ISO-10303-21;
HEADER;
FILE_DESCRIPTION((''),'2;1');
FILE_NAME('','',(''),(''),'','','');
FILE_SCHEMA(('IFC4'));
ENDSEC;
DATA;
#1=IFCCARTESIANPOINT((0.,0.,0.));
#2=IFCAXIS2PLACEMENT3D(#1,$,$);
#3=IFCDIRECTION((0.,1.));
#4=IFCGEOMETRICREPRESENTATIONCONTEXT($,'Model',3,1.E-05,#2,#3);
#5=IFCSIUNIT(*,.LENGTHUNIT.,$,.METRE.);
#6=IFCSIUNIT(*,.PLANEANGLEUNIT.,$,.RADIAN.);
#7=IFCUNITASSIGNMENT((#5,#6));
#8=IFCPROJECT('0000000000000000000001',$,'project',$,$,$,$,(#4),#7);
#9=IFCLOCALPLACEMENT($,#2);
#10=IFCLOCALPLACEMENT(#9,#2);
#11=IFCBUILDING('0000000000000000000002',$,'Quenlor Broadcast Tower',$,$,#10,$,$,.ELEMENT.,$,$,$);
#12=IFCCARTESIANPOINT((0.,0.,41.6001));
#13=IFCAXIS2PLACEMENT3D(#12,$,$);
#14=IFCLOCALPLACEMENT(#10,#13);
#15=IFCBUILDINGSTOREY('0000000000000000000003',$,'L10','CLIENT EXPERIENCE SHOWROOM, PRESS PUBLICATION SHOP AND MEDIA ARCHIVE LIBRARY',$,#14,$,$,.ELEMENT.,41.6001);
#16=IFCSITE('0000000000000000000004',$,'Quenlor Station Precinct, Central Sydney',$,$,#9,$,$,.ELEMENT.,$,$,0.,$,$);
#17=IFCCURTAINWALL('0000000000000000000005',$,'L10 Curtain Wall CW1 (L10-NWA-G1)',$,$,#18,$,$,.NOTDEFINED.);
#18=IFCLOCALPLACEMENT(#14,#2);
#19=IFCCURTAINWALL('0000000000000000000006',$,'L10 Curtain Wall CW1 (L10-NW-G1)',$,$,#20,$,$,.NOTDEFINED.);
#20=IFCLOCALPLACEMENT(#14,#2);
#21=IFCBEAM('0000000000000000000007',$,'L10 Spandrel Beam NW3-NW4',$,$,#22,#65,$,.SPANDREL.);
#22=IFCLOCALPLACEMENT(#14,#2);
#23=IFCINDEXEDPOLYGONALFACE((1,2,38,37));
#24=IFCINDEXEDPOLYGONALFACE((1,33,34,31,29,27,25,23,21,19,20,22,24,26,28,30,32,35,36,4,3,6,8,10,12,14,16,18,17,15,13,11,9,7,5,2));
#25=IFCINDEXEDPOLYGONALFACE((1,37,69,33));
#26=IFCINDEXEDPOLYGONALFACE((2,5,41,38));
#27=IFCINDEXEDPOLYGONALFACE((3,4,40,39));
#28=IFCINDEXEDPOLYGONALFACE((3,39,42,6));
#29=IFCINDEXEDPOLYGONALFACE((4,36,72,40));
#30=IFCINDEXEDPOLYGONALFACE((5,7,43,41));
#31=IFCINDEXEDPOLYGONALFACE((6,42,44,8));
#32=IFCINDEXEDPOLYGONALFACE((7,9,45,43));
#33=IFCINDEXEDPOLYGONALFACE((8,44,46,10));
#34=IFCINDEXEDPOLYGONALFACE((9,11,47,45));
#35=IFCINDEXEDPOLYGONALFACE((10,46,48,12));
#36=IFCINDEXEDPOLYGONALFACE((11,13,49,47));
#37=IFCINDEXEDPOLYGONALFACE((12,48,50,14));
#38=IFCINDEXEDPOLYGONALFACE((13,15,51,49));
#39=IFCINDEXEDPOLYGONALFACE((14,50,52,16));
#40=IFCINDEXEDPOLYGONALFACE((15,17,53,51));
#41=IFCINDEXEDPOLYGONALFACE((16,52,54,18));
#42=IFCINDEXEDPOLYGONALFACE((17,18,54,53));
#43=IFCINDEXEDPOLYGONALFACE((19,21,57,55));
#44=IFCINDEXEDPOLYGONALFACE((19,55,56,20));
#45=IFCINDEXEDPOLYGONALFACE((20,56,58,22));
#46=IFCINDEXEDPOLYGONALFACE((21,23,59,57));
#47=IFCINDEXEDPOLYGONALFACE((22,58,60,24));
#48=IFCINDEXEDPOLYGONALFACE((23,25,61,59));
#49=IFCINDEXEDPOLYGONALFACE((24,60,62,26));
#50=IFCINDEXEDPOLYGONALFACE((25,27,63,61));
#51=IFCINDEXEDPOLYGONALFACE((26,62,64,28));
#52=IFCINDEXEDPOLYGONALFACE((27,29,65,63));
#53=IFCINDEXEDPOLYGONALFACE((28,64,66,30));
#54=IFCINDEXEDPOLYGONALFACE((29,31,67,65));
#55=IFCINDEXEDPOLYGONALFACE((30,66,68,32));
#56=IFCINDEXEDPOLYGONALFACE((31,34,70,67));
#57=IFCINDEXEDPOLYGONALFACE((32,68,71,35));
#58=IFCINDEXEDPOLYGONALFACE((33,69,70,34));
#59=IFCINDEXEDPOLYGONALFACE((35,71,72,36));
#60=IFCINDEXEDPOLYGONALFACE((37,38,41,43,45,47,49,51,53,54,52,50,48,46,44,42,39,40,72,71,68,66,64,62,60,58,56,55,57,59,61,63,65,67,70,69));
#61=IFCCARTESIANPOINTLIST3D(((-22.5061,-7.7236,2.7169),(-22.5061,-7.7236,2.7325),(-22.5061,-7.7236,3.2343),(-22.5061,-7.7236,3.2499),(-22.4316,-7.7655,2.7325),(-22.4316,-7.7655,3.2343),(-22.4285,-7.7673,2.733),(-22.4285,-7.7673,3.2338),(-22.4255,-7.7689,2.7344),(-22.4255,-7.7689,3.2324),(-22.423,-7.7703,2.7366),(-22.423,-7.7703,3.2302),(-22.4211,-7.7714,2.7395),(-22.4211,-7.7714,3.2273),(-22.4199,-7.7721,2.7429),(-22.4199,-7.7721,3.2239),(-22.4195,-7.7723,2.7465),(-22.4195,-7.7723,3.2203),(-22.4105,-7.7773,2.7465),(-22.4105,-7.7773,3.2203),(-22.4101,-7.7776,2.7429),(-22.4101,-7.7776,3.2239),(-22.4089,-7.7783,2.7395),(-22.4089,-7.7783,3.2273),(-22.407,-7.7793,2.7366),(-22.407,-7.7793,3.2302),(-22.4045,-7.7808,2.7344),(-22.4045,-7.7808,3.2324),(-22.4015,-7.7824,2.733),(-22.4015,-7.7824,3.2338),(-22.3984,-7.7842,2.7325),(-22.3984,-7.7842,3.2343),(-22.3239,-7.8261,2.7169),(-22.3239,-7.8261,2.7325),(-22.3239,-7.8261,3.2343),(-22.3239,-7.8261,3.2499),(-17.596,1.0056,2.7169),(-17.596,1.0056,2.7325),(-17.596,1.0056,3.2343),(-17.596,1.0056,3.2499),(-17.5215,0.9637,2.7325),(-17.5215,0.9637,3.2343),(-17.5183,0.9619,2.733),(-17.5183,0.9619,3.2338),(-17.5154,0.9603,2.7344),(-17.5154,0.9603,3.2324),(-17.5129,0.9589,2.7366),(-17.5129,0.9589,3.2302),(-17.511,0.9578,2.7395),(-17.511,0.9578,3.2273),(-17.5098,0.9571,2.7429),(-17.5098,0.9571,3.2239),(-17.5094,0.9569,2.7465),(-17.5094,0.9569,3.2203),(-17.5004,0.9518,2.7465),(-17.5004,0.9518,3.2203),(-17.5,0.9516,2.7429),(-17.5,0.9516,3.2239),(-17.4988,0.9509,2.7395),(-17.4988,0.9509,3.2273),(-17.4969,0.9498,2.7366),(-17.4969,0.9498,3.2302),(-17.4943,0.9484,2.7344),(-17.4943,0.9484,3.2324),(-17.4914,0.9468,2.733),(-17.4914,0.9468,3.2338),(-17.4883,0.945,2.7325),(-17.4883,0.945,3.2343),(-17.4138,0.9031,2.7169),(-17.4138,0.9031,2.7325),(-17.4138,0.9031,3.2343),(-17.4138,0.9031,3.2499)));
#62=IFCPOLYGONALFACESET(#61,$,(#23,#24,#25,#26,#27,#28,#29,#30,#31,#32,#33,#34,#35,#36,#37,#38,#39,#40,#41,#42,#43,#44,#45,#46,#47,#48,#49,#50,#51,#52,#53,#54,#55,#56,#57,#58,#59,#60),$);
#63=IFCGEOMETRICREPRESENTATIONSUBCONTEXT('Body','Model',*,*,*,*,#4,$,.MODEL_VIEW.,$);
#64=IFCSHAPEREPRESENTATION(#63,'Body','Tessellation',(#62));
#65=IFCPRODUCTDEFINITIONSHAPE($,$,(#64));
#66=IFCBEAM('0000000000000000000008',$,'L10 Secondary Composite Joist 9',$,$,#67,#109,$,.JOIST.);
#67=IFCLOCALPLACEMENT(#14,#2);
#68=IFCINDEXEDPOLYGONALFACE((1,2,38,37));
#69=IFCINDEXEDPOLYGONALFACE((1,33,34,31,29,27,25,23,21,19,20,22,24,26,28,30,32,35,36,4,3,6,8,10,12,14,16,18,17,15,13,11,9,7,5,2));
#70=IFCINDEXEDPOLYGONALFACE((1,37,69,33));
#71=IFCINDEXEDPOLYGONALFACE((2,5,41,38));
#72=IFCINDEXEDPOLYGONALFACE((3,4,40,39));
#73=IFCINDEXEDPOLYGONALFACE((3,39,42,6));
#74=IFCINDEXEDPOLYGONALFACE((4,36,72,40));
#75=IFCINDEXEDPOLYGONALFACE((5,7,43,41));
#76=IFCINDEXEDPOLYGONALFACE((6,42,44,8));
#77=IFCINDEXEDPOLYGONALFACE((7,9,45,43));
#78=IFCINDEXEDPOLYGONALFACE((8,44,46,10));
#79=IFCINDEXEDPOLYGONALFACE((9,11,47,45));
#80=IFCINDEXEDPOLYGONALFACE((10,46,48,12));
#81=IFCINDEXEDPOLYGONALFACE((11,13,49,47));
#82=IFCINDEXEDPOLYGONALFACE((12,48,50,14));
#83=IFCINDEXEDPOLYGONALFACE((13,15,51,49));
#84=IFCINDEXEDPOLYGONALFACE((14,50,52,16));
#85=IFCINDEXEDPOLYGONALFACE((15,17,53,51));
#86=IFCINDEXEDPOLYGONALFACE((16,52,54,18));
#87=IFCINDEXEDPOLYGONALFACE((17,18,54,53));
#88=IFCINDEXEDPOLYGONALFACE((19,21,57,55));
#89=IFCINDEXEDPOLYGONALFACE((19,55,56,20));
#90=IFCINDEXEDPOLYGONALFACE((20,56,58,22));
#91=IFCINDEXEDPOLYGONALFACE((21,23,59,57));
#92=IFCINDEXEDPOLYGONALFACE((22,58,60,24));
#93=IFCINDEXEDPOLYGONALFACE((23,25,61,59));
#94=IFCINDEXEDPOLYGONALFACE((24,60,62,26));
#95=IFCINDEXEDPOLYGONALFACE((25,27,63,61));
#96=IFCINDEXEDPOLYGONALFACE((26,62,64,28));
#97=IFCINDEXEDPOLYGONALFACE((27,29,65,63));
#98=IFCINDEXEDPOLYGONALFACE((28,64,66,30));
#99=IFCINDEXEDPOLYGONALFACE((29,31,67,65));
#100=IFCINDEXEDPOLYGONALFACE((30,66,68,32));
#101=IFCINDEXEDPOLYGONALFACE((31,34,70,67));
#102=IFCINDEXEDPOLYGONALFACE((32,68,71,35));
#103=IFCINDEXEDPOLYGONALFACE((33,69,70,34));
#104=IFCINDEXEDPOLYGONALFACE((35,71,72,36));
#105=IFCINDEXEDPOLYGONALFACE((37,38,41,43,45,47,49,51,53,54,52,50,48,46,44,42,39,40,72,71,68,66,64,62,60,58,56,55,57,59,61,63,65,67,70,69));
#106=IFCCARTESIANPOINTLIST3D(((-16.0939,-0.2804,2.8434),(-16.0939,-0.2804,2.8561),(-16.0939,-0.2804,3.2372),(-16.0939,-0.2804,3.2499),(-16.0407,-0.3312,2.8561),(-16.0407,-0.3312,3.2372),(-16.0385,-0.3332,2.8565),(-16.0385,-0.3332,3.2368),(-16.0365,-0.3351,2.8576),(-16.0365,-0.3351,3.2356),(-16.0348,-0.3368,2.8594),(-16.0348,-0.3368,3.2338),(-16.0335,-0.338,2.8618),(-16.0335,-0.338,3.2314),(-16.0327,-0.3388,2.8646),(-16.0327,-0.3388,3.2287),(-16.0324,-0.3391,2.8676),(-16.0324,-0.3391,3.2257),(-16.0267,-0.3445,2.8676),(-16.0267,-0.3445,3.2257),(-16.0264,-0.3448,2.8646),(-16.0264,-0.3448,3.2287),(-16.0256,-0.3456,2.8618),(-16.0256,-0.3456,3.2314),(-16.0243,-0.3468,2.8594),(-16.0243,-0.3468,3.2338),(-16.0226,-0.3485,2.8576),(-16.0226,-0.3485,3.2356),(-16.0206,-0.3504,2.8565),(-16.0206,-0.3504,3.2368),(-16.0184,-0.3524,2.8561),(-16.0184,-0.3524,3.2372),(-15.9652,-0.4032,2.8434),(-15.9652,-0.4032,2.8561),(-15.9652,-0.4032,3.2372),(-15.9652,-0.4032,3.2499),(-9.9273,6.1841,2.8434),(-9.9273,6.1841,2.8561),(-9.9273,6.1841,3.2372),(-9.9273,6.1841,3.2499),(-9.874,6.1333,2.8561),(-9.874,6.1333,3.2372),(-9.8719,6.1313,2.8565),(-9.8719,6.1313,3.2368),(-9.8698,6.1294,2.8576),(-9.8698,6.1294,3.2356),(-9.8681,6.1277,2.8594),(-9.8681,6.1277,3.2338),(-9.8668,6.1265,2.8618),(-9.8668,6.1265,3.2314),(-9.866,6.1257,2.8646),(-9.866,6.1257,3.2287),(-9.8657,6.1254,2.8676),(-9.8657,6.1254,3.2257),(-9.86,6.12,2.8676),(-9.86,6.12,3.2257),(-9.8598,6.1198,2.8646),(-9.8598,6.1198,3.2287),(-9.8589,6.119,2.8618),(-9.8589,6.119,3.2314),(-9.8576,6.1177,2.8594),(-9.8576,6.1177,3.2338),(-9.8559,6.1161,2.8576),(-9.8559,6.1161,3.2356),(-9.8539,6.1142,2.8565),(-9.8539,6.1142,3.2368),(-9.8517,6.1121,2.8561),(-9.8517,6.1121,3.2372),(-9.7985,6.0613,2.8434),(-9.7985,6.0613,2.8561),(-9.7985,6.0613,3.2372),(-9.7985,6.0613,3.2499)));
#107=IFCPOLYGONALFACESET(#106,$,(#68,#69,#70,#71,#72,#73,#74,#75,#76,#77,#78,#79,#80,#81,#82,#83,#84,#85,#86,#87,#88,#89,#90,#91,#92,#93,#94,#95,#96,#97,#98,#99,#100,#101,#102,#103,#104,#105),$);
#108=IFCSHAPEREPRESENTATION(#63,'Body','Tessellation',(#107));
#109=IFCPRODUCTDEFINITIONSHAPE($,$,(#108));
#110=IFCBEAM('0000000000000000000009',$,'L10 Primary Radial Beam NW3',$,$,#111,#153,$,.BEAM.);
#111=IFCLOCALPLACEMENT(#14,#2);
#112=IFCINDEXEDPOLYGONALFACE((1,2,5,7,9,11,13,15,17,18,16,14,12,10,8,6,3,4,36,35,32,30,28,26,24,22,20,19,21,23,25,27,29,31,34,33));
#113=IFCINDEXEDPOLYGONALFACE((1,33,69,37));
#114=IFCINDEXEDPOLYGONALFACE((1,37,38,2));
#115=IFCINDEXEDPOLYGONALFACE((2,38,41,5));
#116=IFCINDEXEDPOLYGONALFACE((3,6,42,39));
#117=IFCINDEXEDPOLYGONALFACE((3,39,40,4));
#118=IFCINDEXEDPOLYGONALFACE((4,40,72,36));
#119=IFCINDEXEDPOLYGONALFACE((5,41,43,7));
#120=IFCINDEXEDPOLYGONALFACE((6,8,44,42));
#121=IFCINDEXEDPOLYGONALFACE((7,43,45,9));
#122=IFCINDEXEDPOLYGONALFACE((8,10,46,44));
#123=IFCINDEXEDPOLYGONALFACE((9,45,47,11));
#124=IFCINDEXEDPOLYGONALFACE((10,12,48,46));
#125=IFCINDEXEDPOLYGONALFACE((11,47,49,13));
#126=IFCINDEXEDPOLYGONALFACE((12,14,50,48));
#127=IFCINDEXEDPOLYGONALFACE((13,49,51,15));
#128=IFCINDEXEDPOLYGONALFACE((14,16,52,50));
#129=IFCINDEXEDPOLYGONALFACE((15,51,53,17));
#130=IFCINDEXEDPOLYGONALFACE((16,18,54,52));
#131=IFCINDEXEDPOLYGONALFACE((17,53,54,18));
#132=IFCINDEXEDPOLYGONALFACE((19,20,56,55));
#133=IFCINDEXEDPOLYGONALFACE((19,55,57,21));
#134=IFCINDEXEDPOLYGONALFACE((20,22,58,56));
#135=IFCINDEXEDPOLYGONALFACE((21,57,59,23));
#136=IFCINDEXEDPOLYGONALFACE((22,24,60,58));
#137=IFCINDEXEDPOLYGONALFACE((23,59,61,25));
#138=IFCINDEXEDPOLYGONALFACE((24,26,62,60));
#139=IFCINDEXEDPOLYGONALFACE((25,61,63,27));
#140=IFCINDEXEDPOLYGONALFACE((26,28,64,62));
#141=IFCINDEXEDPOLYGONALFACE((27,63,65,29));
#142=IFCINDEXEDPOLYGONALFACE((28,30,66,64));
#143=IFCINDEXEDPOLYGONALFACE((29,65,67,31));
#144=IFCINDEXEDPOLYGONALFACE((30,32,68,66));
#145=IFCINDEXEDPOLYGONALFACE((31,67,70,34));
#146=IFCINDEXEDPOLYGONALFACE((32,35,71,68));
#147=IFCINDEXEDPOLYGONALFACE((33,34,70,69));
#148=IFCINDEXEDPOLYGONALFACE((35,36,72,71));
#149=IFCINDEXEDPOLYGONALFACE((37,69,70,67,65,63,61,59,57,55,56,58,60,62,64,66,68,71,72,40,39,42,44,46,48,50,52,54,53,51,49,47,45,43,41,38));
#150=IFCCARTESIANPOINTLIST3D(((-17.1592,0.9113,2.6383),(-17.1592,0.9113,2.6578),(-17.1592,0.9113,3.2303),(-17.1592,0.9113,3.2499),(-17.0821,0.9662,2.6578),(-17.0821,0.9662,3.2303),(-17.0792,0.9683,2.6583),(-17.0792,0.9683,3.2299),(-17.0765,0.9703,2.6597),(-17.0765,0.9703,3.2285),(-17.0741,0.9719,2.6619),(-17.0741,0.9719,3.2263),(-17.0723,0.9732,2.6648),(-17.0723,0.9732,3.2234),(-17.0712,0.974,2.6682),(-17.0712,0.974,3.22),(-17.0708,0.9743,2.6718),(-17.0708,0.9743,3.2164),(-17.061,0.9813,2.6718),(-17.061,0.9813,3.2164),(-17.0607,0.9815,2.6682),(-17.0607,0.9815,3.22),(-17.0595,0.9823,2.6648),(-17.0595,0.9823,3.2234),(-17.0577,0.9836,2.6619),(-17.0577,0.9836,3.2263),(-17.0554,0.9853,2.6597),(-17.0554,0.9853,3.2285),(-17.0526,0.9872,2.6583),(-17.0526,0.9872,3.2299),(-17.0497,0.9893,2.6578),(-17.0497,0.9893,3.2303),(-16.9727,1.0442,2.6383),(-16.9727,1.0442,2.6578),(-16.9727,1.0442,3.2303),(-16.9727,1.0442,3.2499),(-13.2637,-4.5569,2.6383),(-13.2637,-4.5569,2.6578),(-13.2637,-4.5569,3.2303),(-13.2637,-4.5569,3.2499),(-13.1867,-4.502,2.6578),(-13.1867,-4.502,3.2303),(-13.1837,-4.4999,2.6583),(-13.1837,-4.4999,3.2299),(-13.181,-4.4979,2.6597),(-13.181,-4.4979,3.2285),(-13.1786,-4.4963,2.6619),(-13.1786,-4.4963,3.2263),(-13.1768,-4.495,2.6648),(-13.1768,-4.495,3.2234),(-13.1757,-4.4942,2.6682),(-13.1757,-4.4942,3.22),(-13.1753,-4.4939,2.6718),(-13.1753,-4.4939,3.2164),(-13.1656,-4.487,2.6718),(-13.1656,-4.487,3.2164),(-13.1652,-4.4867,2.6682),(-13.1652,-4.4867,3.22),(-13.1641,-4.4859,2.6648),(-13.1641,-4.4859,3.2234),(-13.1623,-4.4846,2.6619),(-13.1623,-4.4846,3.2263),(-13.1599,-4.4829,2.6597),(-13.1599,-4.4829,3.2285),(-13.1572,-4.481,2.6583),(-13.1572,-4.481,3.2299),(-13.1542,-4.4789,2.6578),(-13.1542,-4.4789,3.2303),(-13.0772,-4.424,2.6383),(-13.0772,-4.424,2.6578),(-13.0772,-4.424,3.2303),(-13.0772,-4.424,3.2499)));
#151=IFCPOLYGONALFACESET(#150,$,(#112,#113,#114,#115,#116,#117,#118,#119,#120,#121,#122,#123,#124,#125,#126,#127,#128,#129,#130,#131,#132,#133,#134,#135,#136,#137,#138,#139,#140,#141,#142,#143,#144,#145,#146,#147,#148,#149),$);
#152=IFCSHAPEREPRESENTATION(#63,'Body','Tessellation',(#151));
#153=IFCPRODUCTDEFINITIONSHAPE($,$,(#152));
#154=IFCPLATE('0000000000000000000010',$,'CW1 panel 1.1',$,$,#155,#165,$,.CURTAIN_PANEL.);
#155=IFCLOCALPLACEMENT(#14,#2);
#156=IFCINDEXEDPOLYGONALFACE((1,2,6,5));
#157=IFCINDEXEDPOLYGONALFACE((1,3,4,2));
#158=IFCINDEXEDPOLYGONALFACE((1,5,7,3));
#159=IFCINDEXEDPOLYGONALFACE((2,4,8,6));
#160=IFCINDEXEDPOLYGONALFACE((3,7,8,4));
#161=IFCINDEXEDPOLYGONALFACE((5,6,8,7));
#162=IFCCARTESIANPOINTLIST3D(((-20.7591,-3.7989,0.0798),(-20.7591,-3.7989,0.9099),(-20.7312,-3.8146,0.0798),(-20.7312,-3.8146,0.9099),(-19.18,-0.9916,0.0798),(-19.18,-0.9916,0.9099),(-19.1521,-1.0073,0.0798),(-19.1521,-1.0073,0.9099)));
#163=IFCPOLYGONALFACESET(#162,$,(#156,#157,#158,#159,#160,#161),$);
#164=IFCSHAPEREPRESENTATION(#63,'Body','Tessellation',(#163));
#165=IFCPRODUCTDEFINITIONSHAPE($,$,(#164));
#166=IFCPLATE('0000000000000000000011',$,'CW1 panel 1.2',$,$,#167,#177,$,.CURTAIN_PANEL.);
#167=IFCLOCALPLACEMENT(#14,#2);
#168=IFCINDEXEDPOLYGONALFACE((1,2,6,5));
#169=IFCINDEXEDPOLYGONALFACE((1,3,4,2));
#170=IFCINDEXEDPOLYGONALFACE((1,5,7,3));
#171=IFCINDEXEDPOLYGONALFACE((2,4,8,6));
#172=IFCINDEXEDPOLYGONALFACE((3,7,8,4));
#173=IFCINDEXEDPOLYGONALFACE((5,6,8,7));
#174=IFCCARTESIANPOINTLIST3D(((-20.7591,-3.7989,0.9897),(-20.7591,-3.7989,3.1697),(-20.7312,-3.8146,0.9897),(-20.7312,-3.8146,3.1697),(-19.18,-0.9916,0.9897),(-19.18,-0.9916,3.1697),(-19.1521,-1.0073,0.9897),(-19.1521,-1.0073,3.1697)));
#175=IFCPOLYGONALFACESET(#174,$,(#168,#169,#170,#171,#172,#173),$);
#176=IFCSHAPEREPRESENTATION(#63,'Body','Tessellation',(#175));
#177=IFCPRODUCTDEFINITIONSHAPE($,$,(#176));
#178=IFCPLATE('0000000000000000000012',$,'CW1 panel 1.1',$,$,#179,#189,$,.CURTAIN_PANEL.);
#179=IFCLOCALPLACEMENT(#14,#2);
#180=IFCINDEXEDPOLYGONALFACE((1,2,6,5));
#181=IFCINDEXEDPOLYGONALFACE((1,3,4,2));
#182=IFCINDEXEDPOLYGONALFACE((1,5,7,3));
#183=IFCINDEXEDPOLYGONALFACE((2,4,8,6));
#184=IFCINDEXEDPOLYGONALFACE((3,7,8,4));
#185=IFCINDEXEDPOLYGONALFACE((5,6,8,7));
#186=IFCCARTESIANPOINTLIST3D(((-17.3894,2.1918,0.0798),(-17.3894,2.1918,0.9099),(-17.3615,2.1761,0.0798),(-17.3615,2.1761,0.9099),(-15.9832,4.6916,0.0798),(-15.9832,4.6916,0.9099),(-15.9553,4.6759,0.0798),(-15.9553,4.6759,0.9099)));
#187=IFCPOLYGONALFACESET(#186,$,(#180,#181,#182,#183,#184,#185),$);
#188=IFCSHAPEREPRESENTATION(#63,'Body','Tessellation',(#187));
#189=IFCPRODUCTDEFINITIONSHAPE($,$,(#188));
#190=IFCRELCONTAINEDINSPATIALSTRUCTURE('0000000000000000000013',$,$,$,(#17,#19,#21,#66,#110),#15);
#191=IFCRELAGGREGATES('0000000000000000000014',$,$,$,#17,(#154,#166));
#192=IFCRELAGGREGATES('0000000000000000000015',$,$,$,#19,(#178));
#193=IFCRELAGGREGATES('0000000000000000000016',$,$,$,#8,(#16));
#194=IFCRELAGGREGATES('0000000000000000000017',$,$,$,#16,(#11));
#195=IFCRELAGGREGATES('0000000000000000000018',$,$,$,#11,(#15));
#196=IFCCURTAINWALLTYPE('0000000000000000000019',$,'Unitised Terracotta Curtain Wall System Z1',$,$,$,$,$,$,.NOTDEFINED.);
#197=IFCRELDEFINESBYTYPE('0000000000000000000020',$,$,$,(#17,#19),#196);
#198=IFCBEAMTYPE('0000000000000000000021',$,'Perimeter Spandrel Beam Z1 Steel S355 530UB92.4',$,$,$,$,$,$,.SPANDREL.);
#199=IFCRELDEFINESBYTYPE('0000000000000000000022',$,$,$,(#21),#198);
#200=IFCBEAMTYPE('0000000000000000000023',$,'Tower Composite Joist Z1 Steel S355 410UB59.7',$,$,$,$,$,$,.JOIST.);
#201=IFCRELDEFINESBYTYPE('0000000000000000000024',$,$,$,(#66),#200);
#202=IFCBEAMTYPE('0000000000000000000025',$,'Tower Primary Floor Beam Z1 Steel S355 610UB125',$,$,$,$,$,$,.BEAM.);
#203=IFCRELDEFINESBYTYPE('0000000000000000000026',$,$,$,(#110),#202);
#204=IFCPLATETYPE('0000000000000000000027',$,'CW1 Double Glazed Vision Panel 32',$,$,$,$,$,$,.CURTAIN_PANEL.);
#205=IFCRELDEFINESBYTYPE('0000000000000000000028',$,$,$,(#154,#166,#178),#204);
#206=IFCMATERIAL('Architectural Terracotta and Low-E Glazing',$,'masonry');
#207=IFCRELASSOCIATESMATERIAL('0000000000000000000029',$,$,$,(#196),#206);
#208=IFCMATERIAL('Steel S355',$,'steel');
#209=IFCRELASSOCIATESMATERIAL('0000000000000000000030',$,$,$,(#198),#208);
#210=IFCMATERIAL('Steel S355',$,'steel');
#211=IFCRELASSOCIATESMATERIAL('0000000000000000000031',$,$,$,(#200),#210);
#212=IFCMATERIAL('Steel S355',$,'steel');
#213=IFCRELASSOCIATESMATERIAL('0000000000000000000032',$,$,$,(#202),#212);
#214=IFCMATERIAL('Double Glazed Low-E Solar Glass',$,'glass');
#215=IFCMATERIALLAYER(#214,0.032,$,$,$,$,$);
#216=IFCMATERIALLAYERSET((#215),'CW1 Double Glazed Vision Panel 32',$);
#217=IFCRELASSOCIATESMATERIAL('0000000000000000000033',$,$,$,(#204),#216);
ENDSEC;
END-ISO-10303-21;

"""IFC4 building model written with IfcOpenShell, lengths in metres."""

from ifc_helpers import new_model, si_unit, direction, frame, origin, origin_2d, place, context, subcontext, project, spatial, rectangle, i_section, extrude, material, layer, layer_set, material_profile, profile_set, type_object, element, aggregate, save


model = new_model("IFC4")

# Units and contexts
model_context = context("Model", 3, precision=1e-05, world=origin(), true_north=direction((0.0, 1.0)))
body_context = subcontext(model_context, "Body", "Model", "MODEL_VIEW")
ifc_project = project(units=[si_unit("LENGTHUNIT", "METRE"), si_unit("PLANEANGLEUNIT", "RADIAN")], contexts=[model_context])

# Site, building, storey
site_placement = place(None, origin())
site = spatial("IfcSite", under=ifc_project, at=site_placement, Name="Quenlor Station Precinct, Central Sydney", CompositionType="ELEMENT", RefElevation=0.0)
building_placement = place(site_placement, origin())
building = spatial("IfcBuilding", under=site, at=building_placement, Name="Quenlor Broadcast Tower", CompositionType="ELEMENT")
storey_placement = place(building_placement, frame((0.0, 0.0, 41.6001)))
storey = spatial("IfcBuildingStorey", under=building, at=storey_placement, Name="L10", Description="CLIENT EXPERIENCE SHOWROOM, PRESS PUBLICATION SHOP AND MEDIA ARCHIVE LIBRARY", CompositionType="ELEMENT", Elevation=41.6001)

# Curtain wall
ifc_material_1 = material(Name="Architectural Terracotta and Low-E Glazing", Category="masonry")
curtain_wall_type = type_object("IfcCurtainWallType", Name="Unitised Terracotta Curtain Wall System Z1", PredefinedType="NOTDEFINED", material=ifc_material_1)
curtain_wall_1_placement = place(storey_placement, origin())
curtain_wall_1 = element("IfcCurtainWall", 1, at=curtain_wall_1_placement, inside=storey, type_object=curtain_wall_type, Name="L10 Curtain Wall CW1 (L10-NWA-G1)", PredefinedType="NOTDEFINED")

# Curtain wall
curtain_wall_2_placement = place(storey_placement, origin())
curtain_wall_2 = element("IfcCurtainWall", 2, at=curtain_wall_2_placement, inside=storey, type_object=curtain_wall_type, Name="L10 Curtain Wall CW1 (L10-NW-G1)", PredefinedType="NOTDEFINED")

# Beams
ifc_material_2 = material(Name="Steel S355", Category="steel")
ifc_material_profile_1 = material_profile(ifc_material_2, i_section(OverallWidth=0.209, OverallDepth=0.533, WebThickness=0.0103, FlangeThickness=0.0156, FilletRadius=0.0139, at=origin_2d()))
ifc_profile_set_1 = profile_set([ifc_material_profile_1], Name="Steel S355 530UB92.4")
beam_type_1 = type_object("IfcBeamType", Name="Perimeter Spandrel Beam Z1 Steel S355 530UB92.4", PredefinedType="SPANDREL", material=ifc_profile_set_1)
beam_1_placement = place(storey_placement, frame((-17.5049, 0.9543, 2.9834), z_axis=(-0.490258, -0.871577, 0.0), x_axis=(0.871577, -0.490258, 0.0)))
element("IfcBeam", 3, at=beam_1_placement, inside=storey, type_object=beam_type_1, Name="L10 Spandrel Beam NW3-NW4", PredefinedType="SPANDREL", context=body_context, shape_type="SweptSolid", body=[
    extrude(i_section(OverallWidth=0.209, OverallDepth=0.533, WebThickness=0.0103, FlangeThickness=0.0156, FilletRadius=0.0139, at=origin_2d()), origin(), (0.0, 0.0, 1.0), 10.0154),
])
ifc_material_3 = material(Name="Steel S355", Category="steel")
ifc_material_profile_2 = material_profile(ifc_material_3, i_section(OverallWidth=0.178, OverallDepth=0.4065, WebThickness=0.0078, FlangeThickness=0.0127, FilletRadius=0.0115, at=origin_2d()))
ifc_profile_set_2 = profile_set([ifc_material_profile_2], Name="Steel S355 410UB59.7")
beam_type_2 = type_object("IfcBeamType", Name="Tower Composite Joist Z1 Steel S355 410UB59.7", PredefinedType="JOIST", material=ifc_profile_set_2)
beam_2_placement = place(storey_placement, frame((-16.0295, -0.3418, 3.0466), z_axis=(0.690241, 0.723579, 0.0), x_axis=(-0.723579, 0.690241, 0.0)))
element("IfcBeam", 4, at=beam_2_placement, inside=storey, type_object=beam_type_2, Name="L10 Secondary Composite Joist 9", PredefinedType="JOIST", context=body_context, shape_type="SweptSolid", body=[
    extrude(i_section(OverallWidth=0.178, OverallDepth=0.4065, WebThickness=0.0078, FlangeThickness=0.0127, FilletRadius=0.0115, at=origin_2d()), origin(), (0.0, 0.0, 1.0), 8.9341),
])
ifc_material_4 = material(Name="Steel S355", Category="steel")
ifc_material_profile_3 = material_profile(ifc_material_4, i_section(OverallWidth=0.229, OverallDepth=0.6116, WebThickness=0.012, FlangeThickness=0.0195, FilletRadius=0.0139, at=origin_2d()))
ifc_profile_set_3 = profile_set([ifc_material_profile_3], Name="Steel S355 610UB125")
beam_type_3 = type_object("IfcBeamType", Name="Tower Primary Floor Beam Z1 Steel S355 610UB125", PredefinedType="BEAM", material=ifc_profile_set_3)
beam_3_placement = place(storey_placement, frame((-17.0659, 0.9778, 2.9441), z_axis=(0.580213, -0.814465, 0.0), x_axis=(0.814465, 0.580213, 0.0)))
element("IfcBeam", 5, at=beam_3_placement, inside=storey, type_object=beam_type_3, Name="L10 Primary Radial Beam NW3", PredefinedType="BEAM", context=body_context, shape_type="SweptSolid", body=[
    extrude(i_section(OverallWidth=0.229, OverallDepth=0.6116, WebThickness=0.012, FlangeThickness=0.0195, FilletRadius=0.0139, at=origin_2d()), origin(), (0.0, 0.0, 1.0), 6.7139),
])

# Plates
ifc_material_5 = material(Name="Double Glazed Low-E Solar Glass", Category="glass")
ifc_layer_1 = layer(ifc_material_5, 0.032)
ifc_layer_set_1 = layer_set([ifc_layer_1], Name="CW1 Double Glazed Vision Panel 32")
plate_type_1 = type_object("IfcPlateType", Name="CW1 Double Glazed Vision Panel 32", PredefinedType="CURTAIN_PANEL", material=ifc_layer_set_1)
plate_1_placement = place(storey_placement, frame((-19.9556, -2.4031, 0.0798), z_axis=(0.0, 0.0, 1.0), x_axis=(0.490257, 0.871578, 0.0)))
plate_1 = element("IfcPlate", 6, at=plate_1_placement, type_object=plate_type_1, Name="CW1 panel 1.1", PredefinedType="CURTAIN_PANEL", context=body_context, shape_type="SweptSolid", body=[
    extrude(rectangle(XDim=3.2209, YDim=0.032, at=origin_2d()), origin(), (0.0, 0.0, 1.0), 0.8301),
])
plate_2_placement = place(storey_placement, frame((-19.9556, -2.4031, 0.9897), z_axis=(0.0, 0.0, 1.0), x_axis=(0.490257, 0.871578, 0.0)))
plate_2 = element("IfcPlate", 7, at=plate_2_placement, type_object=plate_type_1, Name="CW1 panel 1.2", PredefinedType="CURTAIN_PANEL", context=body_context, shape_type="SweptSolid", body=[
    extrude(rectangle(XDim=3.2209, YDim=0.032, at=origin_2d()), origin(), (0.0, 0.0, 1.0), 2.1799),
])
aggregate(curtain_wall_1, [plate_1, plate_2])
plate_3_placement = place(storey_placement, frame((-16.6724, 3.4338, 0.0798), z_axis=(0.0, 0.0, 1.0), x_axis=(0.490274, 0.871568, 0.0)))
plate_3 = element("IfcPlate", 8, at=plate_3_placement, type_object=plate_type_1, Name="CW1 panel 1.1", PredefinedType="CURTAIN_PANEL", context=body_context, shape_type="SweptSolid", body=[
    extrude(rectangle(XDim=2.8682, YDim=0.032, at=origin_2d()), origin(), (0.0, 0.0, 1.0), 0.8301),
])
aggregate(curtain_wall_2, [plate_3])

save(model, "model.ifc")
